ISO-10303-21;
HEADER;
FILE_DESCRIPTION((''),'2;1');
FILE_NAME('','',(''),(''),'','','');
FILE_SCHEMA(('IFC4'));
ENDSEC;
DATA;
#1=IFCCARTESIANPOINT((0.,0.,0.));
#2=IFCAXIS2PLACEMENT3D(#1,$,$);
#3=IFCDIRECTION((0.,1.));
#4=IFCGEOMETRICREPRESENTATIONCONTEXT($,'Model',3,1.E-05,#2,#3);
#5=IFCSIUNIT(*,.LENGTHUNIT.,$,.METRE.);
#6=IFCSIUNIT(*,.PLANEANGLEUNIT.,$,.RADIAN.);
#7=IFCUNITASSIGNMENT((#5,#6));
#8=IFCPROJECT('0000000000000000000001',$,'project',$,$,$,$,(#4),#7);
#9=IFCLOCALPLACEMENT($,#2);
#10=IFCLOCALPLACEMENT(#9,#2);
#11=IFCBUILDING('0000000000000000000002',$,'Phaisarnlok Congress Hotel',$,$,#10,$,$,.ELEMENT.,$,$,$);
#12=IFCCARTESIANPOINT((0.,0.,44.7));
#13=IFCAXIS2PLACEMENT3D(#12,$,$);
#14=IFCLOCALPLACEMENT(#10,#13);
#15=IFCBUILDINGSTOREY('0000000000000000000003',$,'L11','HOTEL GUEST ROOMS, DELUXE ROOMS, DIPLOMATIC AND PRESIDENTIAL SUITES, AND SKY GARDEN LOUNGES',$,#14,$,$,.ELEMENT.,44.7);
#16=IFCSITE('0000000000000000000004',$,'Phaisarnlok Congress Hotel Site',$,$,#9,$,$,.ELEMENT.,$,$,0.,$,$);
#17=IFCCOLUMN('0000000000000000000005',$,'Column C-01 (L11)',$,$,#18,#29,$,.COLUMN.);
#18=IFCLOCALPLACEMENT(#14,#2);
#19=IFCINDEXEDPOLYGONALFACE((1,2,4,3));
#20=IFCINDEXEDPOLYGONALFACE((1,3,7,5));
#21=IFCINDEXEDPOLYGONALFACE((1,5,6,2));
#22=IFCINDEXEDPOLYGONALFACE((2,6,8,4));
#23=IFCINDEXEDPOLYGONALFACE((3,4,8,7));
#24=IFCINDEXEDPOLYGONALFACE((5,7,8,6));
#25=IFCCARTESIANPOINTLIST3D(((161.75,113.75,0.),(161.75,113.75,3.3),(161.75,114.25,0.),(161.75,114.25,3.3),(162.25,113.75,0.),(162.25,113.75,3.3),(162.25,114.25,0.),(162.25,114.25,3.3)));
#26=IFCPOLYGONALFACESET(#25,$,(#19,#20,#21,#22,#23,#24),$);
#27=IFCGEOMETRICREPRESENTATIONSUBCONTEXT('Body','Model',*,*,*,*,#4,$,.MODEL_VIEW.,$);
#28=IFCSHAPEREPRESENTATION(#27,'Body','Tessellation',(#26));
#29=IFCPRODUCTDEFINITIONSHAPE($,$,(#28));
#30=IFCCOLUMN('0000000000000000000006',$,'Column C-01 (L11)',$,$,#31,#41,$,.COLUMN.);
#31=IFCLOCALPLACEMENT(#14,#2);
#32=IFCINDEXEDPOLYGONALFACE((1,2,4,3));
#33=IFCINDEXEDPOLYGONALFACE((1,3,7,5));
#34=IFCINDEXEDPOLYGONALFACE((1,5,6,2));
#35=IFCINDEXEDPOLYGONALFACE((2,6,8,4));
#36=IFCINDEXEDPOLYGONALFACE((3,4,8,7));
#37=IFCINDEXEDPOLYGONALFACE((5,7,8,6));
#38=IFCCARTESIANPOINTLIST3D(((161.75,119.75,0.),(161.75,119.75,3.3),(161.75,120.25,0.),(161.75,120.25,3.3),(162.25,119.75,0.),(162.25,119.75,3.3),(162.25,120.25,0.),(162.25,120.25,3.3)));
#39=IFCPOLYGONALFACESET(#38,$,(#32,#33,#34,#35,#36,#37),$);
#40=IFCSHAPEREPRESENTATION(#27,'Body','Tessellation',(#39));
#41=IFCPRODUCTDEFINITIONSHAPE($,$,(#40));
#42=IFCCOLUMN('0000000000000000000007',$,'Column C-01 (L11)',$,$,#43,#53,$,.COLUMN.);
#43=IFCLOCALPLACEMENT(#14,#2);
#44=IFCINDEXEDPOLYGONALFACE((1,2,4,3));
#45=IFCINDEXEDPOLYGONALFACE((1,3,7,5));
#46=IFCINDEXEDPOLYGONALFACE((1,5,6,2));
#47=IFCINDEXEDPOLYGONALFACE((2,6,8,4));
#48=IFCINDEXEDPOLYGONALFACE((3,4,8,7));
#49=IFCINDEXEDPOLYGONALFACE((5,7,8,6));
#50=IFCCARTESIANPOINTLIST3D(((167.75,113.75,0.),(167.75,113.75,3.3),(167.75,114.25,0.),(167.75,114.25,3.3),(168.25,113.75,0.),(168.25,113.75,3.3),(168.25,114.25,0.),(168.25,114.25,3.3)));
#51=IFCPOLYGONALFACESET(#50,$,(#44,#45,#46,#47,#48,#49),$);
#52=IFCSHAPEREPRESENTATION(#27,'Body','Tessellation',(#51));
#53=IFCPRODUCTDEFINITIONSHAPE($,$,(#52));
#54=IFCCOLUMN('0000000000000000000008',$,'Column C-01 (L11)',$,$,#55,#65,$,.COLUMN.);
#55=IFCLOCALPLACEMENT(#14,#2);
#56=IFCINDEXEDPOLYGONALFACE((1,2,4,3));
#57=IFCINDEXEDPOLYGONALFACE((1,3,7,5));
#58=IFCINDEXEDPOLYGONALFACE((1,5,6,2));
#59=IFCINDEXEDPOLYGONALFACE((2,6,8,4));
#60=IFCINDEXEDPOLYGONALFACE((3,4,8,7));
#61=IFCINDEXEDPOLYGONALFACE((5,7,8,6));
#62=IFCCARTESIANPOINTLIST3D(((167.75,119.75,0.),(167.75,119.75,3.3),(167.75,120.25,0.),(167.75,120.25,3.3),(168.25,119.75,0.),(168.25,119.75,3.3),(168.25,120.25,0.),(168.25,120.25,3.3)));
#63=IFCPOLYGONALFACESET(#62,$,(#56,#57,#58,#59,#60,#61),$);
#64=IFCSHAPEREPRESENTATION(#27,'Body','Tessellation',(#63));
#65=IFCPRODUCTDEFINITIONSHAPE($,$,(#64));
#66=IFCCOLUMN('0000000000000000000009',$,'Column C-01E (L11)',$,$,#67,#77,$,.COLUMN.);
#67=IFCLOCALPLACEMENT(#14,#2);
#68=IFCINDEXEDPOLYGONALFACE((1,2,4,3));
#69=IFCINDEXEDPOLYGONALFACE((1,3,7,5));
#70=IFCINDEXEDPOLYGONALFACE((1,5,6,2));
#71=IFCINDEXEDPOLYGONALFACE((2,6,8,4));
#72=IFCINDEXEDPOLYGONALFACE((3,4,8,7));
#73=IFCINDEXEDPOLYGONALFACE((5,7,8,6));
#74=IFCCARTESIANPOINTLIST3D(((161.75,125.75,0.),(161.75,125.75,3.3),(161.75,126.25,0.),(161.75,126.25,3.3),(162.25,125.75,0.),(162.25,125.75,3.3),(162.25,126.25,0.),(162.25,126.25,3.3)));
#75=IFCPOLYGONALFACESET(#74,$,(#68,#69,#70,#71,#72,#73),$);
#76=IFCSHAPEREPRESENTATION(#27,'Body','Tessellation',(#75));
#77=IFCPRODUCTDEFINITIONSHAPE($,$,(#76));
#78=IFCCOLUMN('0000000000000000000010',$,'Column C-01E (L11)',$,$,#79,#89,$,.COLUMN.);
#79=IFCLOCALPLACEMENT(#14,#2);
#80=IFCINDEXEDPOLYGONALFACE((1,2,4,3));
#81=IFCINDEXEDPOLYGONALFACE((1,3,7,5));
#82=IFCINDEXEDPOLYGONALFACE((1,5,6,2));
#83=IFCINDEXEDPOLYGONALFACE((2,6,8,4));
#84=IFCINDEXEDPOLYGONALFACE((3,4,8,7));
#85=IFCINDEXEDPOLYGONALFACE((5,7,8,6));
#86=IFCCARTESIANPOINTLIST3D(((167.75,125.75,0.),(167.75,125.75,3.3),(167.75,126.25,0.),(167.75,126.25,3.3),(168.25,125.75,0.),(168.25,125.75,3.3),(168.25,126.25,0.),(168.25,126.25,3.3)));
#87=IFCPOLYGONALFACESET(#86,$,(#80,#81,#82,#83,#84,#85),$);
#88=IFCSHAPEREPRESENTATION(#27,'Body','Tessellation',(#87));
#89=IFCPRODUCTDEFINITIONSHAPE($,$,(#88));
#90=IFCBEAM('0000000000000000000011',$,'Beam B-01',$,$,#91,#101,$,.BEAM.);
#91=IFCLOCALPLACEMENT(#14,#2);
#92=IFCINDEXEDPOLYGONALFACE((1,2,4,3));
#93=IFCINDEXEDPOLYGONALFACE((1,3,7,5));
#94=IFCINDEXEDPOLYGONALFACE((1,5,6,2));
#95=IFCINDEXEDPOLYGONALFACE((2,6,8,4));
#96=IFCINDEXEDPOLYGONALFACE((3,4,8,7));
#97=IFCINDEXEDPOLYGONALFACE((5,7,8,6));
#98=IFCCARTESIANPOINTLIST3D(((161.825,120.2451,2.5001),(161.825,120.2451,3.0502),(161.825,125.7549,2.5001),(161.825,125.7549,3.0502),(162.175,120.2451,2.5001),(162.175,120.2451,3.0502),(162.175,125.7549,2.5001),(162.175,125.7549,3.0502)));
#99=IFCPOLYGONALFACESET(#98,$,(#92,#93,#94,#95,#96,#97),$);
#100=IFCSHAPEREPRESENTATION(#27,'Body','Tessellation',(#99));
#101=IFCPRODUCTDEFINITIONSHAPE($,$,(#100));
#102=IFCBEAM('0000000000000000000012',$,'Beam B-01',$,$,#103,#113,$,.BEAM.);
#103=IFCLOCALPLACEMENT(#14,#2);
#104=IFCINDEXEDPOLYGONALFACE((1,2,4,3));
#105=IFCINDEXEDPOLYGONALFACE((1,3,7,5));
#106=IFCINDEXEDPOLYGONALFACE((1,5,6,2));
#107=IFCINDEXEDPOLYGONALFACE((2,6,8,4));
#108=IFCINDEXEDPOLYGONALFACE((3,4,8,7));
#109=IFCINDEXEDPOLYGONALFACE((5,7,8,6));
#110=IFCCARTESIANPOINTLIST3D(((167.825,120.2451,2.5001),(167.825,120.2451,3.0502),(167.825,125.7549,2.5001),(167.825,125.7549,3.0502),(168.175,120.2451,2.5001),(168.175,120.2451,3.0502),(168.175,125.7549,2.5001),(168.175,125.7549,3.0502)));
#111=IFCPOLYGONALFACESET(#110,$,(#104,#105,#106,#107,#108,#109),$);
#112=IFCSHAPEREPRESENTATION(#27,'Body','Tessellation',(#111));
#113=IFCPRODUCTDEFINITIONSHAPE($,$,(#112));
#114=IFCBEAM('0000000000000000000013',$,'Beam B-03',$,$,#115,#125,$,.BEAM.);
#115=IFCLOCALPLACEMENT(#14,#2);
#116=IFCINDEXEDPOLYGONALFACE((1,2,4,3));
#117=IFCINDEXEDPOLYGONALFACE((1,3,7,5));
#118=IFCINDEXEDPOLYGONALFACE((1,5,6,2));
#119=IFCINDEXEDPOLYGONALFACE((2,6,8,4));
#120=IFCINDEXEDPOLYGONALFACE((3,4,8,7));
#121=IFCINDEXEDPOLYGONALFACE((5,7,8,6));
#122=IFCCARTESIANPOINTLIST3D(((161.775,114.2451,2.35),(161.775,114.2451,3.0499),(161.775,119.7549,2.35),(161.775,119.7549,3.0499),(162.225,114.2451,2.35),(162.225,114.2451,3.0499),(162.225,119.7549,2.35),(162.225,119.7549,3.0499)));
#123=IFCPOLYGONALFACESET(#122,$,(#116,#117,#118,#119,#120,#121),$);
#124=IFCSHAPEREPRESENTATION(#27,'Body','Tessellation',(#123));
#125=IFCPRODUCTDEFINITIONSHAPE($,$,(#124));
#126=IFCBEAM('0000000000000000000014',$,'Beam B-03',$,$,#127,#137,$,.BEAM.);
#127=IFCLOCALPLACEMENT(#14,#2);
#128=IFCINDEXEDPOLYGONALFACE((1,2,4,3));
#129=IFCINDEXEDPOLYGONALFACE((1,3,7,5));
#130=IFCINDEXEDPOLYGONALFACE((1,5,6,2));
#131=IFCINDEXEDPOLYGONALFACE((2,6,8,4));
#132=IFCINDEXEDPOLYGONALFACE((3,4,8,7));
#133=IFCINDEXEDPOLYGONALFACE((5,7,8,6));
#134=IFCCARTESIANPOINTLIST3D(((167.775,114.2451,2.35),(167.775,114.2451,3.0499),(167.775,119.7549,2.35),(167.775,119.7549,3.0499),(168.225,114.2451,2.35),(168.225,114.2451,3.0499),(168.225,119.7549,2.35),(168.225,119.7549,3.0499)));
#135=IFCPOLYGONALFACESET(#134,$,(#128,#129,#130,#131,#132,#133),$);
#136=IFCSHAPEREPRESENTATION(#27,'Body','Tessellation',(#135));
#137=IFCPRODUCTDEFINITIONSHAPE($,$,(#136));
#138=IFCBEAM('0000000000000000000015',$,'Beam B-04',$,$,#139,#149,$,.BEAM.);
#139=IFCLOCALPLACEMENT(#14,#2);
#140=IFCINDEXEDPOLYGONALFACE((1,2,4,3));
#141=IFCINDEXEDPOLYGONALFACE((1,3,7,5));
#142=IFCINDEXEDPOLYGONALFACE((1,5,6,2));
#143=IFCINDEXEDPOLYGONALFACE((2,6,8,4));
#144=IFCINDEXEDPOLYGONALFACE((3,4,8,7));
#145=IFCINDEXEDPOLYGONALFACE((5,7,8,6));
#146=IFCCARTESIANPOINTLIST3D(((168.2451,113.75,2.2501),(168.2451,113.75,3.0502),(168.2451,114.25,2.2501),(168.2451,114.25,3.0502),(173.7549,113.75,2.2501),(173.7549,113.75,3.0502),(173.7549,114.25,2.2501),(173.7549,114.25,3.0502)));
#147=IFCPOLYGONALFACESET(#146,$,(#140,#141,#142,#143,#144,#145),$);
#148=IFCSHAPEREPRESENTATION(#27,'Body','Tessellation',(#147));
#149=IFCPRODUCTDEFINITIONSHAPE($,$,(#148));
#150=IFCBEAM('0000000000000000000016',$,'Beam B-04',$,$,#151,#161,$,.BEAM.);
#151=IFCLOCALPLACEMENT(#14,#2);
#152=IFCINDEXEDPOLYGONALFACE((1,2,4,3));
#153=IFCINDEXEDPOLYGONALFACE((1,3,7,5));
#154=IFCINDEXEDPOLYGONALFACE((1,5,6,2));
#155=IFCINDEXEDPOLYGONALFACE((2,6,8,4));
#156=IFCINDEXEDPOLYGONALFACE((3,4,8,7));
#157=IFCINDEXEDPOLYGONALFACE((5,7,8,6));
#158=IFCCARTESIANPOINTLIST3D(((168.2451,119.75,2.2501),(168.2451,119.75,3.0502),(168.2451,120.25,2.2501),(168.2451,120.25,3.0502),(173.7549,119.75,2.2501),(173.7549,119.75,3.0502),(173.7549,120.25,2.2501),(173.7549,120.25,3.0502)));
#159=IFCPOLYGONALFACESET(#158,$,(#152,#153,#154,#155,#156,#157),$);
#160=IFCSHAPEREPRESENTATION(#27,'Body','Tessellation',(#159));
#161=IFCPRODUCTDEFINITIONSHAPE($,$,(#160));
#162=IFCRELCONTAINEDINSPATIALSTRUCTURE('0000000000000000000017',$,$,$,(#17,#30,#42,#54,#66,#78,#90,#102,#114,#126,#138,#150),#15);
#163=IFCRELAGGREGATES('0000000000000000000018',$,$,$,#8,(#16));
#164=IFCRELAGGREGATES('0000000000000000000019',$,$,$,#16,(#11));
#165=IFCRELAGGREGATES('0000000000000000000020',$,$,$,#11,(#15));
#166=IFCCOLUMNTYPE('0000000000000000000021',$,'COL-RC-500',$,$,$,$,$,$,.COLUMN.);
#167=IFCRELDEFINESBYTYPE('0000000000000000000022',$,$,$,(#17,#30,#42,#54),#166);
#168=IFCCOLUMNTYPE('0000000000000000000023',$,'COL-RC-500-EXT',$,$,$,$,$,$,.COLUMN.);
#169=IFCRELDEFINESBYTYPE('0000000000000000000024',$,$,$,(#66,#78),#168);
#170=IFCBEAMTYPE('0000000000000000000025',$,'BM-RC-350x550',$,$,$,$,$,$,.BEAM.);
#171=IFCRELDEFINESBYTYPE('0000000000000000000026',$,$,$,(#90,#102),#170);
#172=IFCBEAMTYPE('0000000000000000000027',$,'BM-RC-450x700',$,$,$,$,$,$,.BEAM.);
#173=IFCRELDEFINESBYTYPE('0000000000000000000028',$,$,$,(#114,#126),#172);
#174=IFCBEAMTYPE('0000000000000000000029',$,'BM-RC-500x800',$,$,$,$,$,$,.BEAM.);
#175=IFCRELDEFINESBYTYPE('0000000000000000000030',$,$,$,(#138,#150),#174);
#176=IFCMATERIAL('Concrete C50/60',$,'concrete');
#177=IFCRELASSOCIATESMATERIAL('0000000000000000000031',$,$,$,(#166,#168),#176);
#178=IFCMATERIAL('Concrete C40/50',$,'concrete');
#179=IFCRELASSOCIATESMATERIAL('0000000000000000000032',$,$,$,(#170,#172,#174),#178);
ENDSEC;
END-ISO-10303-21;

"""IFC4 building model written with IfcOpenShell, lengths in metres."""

from ifc_helpers import new_model, si_unit, direction, frame, origin, origin_2d, place, context, subcontext, project, spatial, rectangle, extrude, material, material_profile, profile_set, type_object, element, save


model = new_model("IFC4")

# Units and contexts
model_context = context("Model", 3, precision=1e-05, world=origin(), true_north=direction((0.0, 1.0)))
body_context = subcontext(model_context, "Body", "Model", "MODEL_VIEW")
ifc_project = project(units=[si_unit("LENGTHUNIT", "METRE"), si_unit("PLANEANGLEUNIT", "RADIAN")], contexts=[model_context])

# Site, building, storey
site_placement = place(None, origin())
site = spatial("IfcSite", under=ifc_project, at=site_placement, Name="Phaisarnlok Congress Hotel Site", CompositionType="ELEMENT", RefElevation=0.0)
building_placement = place(site_placement, origin())
building = spatial("IfcBuilding", under=site, at=building_placement, Name="Phaisarnlok Congress Hotel", CompositionType="ELEMENT")
storey_placement = place(building_placement, frame((0.0, 0.0, 44.7)))
storey = spatial("IfcBuildingStorey", under=building, at=storey_placement, Name="L11", Description="HOTEL GUEST ROOMS, DELUXE ROOMS, DIPLOMATIC AND PRESIDENTIAL SUITES, AND SKY GARDEN LOUNGES", CompositionType="ELEMENT", Elevation=44.7)

# Columns
ifc_material_1 = material(Name="Concrete C50/60", Category="concrete")
ifc_material_profile_1 = material_profile(ifc_material_1, rectangle(XDim=0.5, YDim=0.5, at=origin_2d()), Name="RC 500x500")
ifc_profile_set_1 = profile_set([ifc_material_profile_1], Name="Concrete C50/60")
column_type_1 = type_object("IfcColumnType", Name="COL-RC-500", PredefinedType="COLUMN", material=ifc_profile_set_1)
for number, where, z_axis, x_axis, name in (
    (1, (162.0, 114.0, 0.0), (0.0, 0.0, 1.0), (1.0, 0.0, 0.0), "Column C-01 (L11)"),
    (2, (162.0, 120.0, 0.0), (0.0, 0.0, 1.0), (1.0, 0.0, 0.0), "Column C-01 (L11)"),
    (3, (168.0, 114.0, 0.0), (0.0, 0.0, 1.0), (1.0, 0.0, 0.0), "Column C-01 (L11)"),
    (4, (168.0, 120.0, 0.0), (0.0, 0.0, 1.0), (1.0, 0.0, 0.0), "Column C-01 (L11)"),
):
    element("IfcColumn", number, at=place(storey_placement, frame(where, z_axis=z_axis, x_axis=x_axis)), inside=storey, type_object=column_type_1, Name=name, PredefinedType="COLUMN", context=body_context, shape_type="SweptSolid", body=[
        extrude(rectangle(XDim=0.5, YDim=0.5, at=origin_2d()), origin(), (0.0, 0.0, 1.0), 3.3),
    ])
ifc_material_profile_2 = material_profile(ifc_material_1, rectangle(XDim=0.5, YDim=0.5, at=origin_2d()), Name="RC 500x500")
ifc_profile_set_2 = profile_set([ifc_material_profile_2], Name="Concrete C50/60")
column_type_2 = type_object("IfcColumnType", Name="COL-RC-500-EXT", PredefinedType="COLUMN", material=ifc_profile_set_2)
for number, where, z_axis, x_axis, name in (
    (5, (162.0, 126.0, 0.0), (0.0, 0.0, 1.0), (1.0, 0.0, 0.0), "Column C-01E (L11)"),
    (6, (168.0, 126.0, 0.0), (0.0, 0.0, 1.0), (1.0, 0.0, 0.0), "Column C-01E (L11)"),
):
    element("IfcColumn", number, at=place(storey_placement, frame(where, z_axis=z_axis, x_axis=x_axis)), inside=storey, type_object=column_type_2, Name=name, PredefinedType="COLUMN", context=body_context, shape_type="SweptSolid", body=[
        extrude(rectangle(XDim=0.5, YDim=0.5, at=origin_2d()), origin(), (0.0, 0.0, 1.0), 3.3),
    ])

# Beams
ifc_material_2 = material(Name="Concrete C40/50", Category="concrete")
ifc_material_profile_3 = material_profile(ifc_material_2, rectangle(XDim=0.3501, YDim=0.55, at=origin_2d()), Name="RC 350x550")
ifc_profile_set_3 = profile_set([ifc_material_profile_3], Name="Concrete C40/50")
beam_type_1 = type_object("IfcBeamType", Name="BM-RC-350x550", PredefinedType="BEAM", material=ifc_profile_set_3)
for number, where, z_axis, x_axis, name in (
    (7, (162.0, 120.2451, 2.7751), (0.0, 1.0, 0.0), (-1.0, 0.0, 0.0), "Beam B-01"),
    (8, (168.0, 120.2451, 2.7751), (0.0, 1.0, 0.0), (-1.0, 0.0, 0.0), "Beam B-01"),
):
    element("IfcBeam", number, at=place(storey_placement, frame(where, z_axis=z_axis, x_axis=x_axis)), inside=storey, type_object=beam_type_1, Name=name, PredefinedType="BEAM", context=body_context, shape_type="SweptSolid", body=[
        extrude(rectangle(XDim=0.3501, YDim=0.55, at=origin_2d()), origin(), (0.0, 0.0, 1.0), 5.5098),
    ])
ifc_material_profile_4 = material_profile(ifc_material_2, rectangle(XDim=0.45, YDim=0.7, at=origin_2d()), Name="RC 450x700")
ifc_profile_set_4 = profile_set([ifc_material_profile_4], Name="Concrete C40/50")
beam_type_2 = type_object("IfcBeamType", Name="BM-RC-450x700", PredefinedType="BEAM", material=ifc_profile_set_4)
for number, where, z_axis, x_axis, name in (
    (9, (162.0, 114.2451, 2.7), (0.0, 1.0, 0.0), (-1.0, 0.0, 0.0), "Beam B-03"),
    (10, (168.0, 114.2451, 2.7), (0.0, 1.0, 0.0), (-1.0, 0.0, 0.0), "Beam B-03"),
):
    element("IfcBeam", number, at=place(storey_placement, frame(where, z_axis=z_axis, x_axis=x_axis)), inside=storey, type_object=beam_type_2, Name=name, PredefinedType="BEAM", context=body_context, shape_type="SweptSolid", body=[
        extrude(rectangle(XDim=0.45, YDim=0.7, at=origin_2d()), origin(), (0.0, 0.0, 1.0), 5.5098),
    ])
ifc_material_profile_5 = material_profile(ifc_material_2, rectangle(XDim=0.5, YDim=0.8, at=origin_2d()), Name="RC 500x800")
ifc_profile_set_5 = profile_set([ifc_material_profile_5], Name="Concrete C40/50")
beam_type_3 = type_object("IfcBeamType", Name="BM-RC-500x800", PredefinedType="BEAM", material=ifc_profile_set_5)
for number, where, z_axis, x_axis, name in (
    (11, (168.2451, 114.0, 2.6501), (1.0, 0.0, 0.0), (0.0, 1.0, 0.0), "Beam B-04"),
    (12, (168.2451, 120.0, 2.6501), (1.0, 0.0, 0.0), (0.0, 1.0, 0.0), "Beam B-04"),
):
    element("IfcBeam", number, at=place(storey_placement, frame(where, z_axis=z_axis, x_axis=x_axis)), inside=storey, type_object=beam_type_3, Name=name, PredefinedType="BEAM", context=body_context, shape_type="SweptSolid", body=[
        extrude(rectangle(XDim=0.5, YDim=0.8, at=origin_2d()), origin(), (0.0, 0.0, 1.0), 5.5098),
    ])

save(model, "model.ifc")
